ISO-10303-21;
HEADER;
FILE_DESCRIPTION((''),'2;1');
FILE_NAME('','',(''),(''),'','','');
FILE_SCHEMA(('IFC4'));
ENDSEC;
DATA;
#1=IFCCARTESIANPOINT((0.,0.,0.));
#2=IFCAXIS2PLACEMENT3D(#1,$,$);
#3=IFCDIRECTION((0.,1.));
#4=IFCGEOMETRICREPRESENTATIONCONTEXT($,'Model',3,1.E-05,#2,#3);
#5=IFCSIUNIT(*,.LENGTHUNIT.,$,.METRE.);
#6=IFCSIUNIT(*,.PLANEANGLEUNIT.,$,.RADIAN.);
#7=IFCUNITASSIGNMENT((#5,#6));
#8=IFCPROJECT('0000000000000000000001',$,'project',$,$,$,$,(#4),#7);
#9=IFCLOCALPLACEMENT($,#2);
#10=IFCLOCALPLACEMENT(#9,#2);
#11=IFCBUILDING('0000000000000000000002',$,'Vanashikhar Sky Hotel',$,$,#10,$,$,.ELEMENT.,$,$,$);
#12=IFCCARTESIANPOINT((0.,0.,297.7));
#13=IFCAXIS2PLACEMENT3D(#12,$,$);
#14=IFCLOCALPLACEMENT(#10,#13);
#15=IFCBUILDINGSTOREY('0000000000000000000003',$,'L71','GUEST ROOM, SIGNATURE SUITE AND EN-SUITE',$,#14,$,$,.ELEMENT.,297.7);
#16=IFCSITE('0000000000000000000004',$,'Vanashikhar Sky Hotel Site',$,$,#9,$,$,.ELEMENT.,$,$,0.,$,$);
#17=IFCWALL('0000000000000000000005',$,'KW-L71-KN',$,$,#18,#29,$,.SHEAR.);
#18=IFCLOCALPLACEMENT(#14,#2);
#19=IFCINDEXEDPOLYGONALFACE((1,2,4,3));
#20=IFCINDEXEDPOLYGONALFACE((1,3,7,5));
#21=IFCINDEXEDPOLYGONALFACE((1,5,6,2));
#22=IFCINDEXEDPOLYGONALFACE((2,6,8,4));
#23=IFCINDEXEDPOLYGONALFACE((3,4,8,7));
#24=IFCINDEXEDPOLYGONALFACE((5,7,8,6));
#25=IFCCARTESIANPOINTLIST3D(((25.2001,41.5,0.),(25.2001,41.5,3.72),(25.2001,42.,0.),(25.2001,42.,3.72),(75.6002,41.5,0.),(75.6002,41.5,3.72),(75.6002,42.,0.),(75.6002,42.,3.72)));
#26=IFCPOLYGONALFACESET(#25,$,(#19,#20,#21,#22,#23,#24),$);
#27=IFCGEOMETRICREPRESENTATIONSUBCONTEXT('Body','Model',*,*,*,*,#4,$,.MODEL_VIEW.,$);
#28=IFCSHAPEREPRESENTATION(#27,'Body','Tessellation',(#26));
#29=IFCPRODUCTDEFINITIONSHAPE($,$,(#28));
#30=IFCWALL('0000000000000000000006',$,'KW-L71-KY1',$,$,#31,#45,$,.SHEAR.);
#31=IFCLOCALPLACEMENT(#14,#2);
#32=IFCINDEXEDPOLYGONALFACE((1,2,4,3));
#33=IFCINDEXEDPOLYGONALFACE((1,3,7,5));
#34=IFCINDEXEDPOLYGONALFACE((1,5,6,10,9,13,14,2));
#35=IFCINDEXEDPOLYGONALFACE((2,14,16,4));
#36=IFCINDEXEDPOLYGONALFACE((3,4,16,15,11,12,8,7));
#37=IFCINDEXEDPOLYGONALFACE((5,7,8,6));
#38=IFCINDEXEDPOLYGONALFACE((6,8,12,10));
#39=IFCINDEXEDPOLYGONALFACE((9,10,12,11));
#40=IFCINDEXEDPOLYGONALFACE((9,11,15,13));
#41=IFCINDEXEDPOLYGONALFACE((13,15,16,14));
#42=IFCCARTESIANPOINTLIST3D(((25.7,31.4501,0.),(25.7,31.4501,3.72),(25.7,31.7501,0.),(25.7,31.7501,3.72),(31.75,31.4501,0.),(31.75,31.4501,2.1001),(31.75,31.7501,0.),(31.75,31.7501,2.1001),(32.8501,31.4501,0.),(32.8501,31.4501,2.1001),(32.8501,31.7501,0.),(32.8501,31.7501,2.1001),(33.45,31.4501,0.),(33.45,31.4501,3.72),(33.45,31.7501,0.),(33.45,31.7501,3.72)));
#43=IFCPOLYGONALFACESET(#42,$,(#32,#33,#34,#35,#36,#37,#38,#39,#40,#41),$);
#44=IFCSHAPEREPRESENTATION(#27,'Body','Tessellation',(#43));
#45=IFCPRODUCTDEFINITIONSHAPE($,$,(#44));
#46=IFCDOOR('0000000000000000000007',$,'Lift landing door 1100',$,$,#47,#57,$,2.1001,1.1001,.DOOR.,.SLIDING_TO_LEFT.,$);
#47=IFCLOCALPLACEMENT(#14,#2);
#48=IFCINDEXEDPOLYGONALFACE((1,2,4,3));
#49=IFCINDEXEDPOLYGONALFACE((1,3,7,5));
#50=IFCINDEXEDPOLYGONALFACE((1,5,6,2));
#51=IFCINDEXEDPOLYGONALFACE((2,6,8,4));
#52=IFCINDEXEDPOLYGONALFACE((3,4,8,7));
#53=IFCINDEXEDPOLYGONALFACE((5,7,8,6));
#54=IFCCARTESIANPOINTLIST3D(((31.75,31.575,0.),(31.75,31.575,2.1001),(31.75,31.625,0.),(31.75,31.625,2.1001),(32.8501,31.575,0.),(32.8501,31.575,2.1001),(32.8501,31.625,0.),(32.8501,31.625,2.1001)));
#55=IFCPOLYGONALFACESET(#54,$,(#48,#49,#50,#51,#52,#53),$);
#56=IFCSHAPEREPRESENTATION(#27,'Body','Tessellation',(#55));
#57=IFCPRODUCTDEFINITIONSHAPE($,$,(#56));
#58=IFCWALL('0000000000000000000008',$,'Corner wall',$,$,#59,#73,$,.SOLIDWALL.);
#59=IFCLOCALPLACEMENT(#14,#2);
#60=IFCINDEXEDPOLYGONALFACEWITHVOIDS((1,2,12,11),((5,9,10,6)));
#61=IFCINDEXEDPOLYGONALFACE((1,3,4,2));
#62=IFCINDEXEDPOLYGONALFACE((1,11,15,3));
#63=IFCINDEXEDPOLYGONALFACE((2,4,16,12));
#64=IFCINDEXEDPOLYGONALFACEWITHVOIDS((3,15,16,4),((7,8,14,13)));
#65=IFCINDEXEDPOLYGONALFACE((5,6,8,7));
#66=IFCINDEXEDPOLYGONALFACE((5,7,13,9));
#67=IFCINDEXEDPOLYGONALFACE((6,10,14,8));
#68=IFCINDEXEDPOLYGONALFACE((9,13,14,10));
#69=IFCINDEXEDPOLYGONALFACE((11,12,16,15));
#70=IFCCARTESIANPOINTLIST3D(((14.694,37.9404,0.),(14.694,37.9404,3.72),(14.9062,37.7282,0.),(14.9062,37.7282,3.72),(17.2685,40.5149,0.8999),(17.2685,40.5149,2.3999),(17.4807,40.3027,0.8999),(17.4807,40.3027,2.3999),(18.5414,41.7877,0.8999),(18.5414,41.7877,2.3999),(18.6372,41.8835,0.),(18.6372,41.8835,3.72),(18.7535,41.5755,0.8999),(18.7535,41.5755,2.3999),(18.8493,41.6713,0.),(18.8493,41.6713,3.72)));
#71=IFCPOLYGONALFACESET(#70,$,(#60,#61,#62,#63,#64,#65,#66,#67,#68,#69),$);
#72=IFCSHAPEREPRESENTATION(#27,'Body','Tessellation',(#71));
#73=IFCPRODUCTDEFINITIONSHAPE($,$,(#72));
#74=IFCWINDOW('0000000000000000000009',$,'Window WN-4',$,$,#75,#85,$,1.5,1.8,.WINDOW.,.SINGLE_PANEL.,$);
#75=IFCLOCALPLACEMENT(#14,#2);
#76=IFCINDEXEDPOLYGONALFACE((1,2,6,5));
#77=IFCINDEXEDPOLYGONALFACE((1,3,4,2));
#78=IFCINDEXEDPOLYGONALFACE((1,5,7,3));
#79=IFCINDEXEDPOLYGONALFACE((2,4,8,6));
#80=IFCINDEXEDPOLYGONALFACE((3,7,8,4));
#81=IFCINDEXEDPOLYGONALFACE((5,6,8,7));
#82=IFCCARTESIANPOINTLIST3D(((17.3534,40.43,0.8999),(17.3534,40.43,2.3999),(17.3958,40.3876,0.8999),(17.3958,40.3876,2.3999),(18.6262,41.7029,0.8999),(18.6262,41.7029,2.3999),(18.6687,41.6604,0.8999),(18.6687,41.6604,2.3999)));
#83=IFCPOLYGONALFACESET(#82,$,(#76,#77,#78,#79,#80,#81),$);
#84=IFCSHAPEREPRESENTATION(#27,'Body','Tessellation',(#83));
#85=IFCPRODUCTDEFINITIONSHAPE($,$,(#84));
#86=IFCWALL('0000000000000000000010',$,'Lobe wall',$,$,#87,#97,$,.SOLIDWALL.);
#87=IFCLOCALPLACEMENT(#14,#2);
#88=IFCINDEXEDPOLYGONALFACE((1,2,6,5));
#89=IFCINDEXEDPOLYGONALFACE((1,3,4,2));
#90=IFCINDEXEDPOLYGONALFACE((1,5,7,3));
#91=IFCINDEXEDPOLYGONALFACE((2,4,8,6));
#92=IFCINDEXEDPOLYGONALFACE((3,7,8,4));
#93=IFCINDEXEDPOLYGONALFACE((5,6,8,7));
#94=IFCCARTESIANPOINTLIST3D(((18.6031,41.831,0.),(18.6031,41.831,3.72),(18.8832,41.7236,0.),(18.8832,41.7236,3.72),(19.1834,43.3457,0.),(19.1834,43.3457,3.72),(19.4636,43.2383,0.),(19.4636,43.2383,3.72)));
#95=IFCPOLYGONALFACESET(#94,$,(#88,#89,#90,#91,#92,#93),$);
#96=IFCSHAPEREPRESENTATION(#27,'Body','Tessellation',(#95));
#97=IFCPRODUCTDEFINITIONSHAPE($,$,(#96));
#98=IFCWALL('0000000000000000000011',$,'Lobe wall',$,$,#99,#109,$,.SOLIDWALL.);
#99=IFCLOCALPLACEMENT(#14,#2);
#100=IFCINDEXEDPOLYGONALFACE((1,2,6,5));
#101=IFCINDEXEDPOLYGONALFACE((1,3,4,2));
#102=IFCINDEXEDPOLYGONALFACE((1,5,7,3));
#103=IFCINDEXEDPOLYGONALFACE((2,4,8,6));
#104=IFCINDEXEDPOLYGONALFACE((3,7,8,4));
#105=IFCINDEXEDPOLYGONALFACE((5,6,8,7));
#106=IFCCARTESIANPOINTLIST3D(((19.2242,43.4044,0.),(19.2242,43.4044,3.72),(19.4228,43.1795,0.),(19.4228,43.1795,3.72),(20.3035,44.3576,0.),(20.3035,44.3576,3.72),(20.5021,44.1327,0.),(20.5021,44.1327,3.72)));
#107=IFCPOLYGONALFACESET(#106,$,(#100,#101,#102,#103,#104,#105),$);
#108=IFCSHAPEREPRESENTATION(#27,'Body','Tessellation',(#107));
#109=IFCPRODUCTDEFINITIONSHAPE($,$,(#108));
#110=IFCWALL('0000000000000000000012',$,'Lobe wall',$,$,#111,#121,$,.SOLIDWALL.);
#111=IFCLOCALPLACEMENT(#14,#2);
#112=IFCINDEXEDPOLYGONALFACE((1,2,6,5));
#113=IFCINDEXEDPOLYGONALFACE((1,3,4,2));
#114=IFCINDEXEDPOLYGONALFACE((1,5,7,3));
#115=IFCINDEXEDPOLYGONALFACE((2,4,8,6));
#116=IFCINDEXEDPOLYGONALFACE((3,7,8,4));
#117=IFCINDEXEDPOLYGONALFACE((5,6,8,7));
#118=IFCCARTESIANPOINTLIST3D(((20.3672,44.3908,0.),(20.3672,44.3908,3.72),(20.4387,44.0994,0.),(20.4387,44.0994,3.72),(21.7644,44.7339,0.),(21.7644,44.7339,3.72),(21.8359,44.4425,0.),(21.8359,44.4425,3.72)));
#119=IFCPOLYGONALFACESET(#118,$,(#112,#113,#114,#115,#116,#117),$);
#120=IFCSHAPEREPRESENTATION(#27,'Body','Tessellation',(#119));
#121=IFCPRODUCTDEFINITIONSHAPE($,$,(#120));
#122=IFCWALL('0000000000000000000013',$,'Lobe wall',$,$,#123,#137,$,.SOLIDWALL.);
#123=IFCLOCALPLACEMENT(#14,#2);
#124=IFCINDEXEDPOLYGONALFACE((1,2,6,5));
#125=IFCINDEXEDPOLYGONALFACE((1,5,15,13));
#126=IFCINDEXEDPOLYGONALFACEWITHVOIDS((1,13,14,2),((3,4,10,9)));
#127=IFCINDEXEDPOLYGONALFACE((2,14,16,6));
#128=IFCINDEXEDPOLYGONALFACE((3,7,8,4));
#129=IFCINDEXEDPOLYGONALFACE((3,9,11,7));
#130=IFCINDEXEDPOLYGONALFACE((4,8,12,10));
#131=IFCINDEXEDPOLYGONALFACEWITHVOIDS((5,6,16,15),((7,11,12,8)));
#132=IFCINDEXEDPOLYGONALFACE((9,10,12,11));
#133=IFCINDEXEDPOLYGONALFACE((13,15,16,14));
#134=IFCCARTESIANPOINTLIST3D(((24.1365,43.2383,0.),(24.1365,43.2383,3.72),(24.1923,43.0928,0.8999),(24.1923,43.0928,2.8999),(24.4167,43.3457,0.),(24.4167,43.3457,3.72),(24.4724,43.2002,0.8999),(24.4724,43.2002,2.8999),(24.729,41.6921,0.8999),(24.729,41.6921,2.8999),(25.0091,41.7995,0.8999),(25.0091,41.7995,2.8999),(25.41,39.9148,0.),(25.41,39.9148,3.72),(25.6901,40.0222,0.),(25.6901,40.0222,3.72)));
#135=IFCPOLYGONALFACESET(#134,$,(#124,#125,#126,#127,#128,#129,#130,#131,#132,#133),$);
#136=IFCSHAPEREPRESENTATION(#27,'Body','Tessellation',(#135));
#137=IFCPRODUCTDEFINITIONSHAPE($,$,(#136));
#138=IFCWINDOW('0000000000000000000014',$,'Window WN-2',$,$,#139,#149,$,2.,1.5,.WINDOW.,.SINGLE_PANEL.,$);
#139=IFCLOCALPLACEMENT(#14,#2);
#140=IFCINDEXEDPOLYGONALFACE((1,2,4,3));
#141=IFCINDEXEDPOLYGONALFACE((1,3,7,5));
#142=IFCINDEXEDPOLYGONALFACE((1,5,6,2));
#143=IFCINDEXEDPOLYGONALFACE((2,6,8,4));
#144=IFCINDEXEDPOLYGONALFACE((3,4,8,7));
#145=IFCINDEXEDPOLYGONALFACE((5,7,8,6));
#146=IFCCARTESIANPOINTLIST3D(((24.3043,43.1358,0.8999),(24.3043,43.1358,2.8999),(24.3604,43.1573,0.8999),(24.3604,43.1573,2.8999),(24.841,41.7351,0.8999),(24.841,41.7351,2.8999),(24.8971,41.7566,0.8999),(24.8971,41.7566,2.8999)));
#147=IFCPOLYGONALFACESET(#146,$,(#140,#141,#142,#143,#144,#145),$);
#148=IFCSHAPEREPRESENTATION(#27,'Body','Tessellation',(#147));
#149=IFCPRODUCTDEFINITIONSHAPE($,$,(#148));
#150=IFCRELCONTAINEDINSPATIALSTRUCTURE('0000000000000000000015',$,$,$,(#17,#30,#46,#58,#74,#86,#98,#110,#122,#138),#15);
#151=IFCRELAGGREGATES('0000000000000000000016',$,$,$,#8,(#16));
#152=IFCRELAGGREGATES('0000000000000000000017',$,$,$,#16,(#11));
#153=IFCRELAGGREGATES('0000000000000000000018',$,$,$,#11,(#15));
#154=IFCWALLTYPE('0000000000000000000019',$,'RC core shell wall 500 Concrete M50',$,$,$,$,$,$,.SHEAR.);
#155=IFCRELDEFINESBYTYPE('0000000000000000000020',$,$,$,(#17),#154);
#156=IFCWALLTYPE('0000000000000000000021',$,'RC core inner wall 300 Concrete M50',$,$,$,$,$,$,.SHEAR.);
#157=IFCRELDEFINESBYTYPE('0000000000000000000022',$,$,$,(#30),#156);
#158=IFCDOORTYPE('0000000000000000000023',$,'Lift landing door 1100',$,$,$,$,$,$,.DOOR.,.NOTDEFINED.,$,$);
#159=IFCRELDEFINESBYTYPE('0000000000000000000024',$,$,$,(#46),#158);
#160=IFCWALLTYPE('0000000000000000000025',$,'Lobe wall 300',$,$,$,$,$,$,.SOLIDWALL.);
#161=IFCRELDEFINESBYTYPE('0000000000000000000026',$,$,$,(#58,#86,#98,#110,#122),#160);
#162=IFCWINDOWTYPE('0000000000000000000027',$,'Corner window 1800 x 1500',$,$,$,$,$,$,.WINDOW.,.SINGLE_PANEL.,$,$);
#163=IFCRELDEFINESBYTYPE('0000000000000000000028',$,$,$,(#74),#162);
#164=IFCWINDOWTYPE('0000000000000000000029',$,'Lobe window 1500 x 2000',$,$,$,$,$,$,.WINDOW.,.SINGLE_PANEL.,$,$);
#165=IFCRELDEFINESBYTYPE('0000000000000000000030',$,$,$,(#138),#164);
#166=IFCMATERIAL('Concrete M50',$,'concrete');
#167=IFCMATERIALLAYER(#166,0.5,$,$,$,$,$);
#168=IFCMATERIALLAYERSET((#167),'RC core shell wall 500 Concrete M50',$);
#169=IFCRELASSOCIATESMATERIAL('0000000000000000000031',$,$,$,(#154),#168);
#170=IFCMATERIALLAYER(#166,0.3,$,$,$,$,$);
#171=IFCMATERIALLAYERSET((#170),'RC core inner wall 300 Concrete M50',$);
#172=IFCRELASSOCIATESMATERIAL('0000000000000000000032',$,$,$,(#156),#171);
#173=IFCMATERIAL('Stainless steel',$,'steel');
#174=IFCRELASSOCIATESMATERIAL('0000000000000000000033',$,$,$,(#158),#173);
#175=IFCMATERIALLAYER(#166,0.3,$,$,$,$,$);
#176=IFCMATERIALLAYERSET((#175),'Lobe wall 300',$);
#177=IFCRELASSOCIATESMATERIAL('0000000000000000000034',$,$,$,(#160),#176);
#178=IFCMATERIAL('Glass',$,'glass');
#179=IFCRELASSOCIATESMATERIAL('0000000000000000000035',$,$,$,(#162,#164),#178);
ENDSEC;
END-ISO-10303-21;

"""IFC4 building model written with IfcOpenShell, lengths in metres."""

from ifc_helpers import new_model, si_unit, direction, frame, frame_2d, origin, place, context, subcontext, project, spatial, rectangle, extrude, source, transform, mapped, material, layer, layer_set, type_object, element, fill, save


model = new_model("IFC4")

# Units and contexts
model_context = context("Model", 3, precision=1e-05, world=origin(), true_north=direction((0.0, 1.0)))
body_context = subcontext(model_context, "Body", "Model", "MODEL_VIEW")
ifc_project = project(units=[si_unit("LENGTHUNIT", "METRE"), si_unit("PLANEANGLEUNIT", "RADIAN")], contexts=[model_context])

# Site, building, storey
site_placement = place(None, origin())
site = spatial("IfcSite", under=ifc_project, at=site_placement, Name="Vanashikhar Sky Hotel Site", CompositionType="ELEMENT", RefElevation=0.0)
building_placement = place(site_placement, origin())
building = spatial("IfcBuilding", under=site, at=building_placement, Name="Vanashikhar Sky Hotel", CompositionType="ELEMENT")
storey_placement = place(building_placement, frame((0.0, 0.0, 297.7)))
storey = spatial("IfcBuildingStorey", under=building, at=storey_placement, Name="L71", Description="GUEST ROOM, SIGNATURE SUITE AND EN-SUITE", CompositionType="ELEMENT", Elevation=297.7)

# Wall
ifc_material_1 = material(Name="Concrete M50", Category="concrete")
ifc_layer_1 = layer(ifc_material_1, 0.5)
ifc_layer_set_1 = layer_set([ifc_layer_1], Name="RC core shell wall 500 Concrete M50")
wall_type_1 = type_object("IfcWallType", Name="RC core shell wall 500 Concrete M50", PredefinedType="SHEAR", material=ifc_layer_set_1)
shared_shape_1 = source(origin(), body_context, "Body", "SweptSolid", [
    extrude(rectangle(XDim=50.4001, YDim=0.5, at=frame_2d((25.2002, 0.0))), origin(), (0.0, 0.0, 1.0), 3.72),
])
wall_1_placement = place(storey_placement, frame((25.2, 41.75, 0.0), z_axis=(0.0, 0.0, 1.0), x_axis=(1.0, 0.0, 0.0)))
element("IfcWall", 1, at=wall_1_placement, inside=storey, type_object=wall_type_1, Name="KW-L71-KN", PredefinedType="SHEAR", context=body_context, shape_type="MappedRepresentation", body=[
    mapped(shared_shape_1, transform((0.0, 0.0, 0.0), scale=1.0)),
])

# Wall, opening, door
ifc_layer_2 = layer(ifc_material_1, 0.3)
ifc_layer_set_2 = layer_set([ifc_layer_2], Name="RC core inner wall 300 Concrete M50")
wall_type_2 = type_object("IfcWallType", Name="RC core inner wall 300 Concrete M50", PredefinedType="SHEAR", material=ifc_layer_set_2)
shared_shape_2 = source(origin(), body_context, "Body", "SweptSolid", [
    extrude(rectangle(XDim=7.75, YDim=0.3, at=frame_2d((3.875, 0.0))), origin(), (0.0, 0.0, 1.0), 3.72),
])
wall_2_placement = place(storey_placement, frame((25.7, 31.6001, 0.0), z_axis=(0.0, 0.0, 1.0), x_axis=(1.0, 0.0, 0.0)))
wall_2 = element("IfcWall", 2, at=wall_2_placement, inside=storey, type_object=wall_type_2, Name="KW-L71-KY1", PredefinedType="SHEAR", context=body_context, shape_type="MappedRepresentation", body=[
    mapped(shared_shape_2, transform((0.0, 0.0, 0.0), scale=1.0)),
])
shared_shape_3 = source(origin(), body_context, "Body", "SweptSolid", [
    extrude(rectangle(XDim=1.1001, YDim=2.1001, at=frame_2d((0.55, 1.05))), frame((0.0, 0.1602, 0.0), z_axis=(0.0, -1.0, 0.0), x_axis=(1.0, 0.0, 0.0)), (0.0, 0.0, 1.0), 0.3201),
])
opening_1_placement = place(wall_2_placement, frame((6.05, 0.0, 0.0)))
opening_1 = element("IfcOpeningElement", 3, at=opening_1_placement, cuts=wall_2, PredefinedType="OPENING", context=body_context, shape_type="MappedRepresentation", body=[
    mapped(shared_shape_3, transform((0.0, 0.0, 0.0), scale=1.0)),
])
ifc_material_2 = material(Name="Stainless steel", Category="steel")
door_type_1 = type_object("IfcDoorType", Name="Lift landing door 1100", OperationType="NOTDEFINED", PredefinedType="DOOR", material=ifc_material_2)
shared_shape_4 = source(origin(), body_context, "Body", "SweptSolid", [
    extrude(rectangle(XDim=1.1001, YDim=2.1001, at=frame_2d((0.55, 1.05))), frame((0.0, 0.0249, 0.0), z_axis=(0.0, -1.0, 0.0), x_axis=(1.0, 0.0, 0.0)), (0.0, 0.0, 1.0), 0.05),
])
door_1_placement = place(opening_1_placement, origin())
door_1 = element("IfcDoor", 4, at=door_1_placement, inside=storey, type_object=door_type_1, Name="Lift landing door 1100", OperationType="SLIDING_TO_LEFT", OverallHeight=2.1001, OverallWidth=1.1001, PredefinedType="DOOR", context=body_context, shape_type="MappedRepresentation", body=[
    mapped(shared_shape_4, transform((0.0, 0.0, 0.0), scale=1.0)),
])
fill(opening_1, door_1)

# Wall, opening, window
ifc_layer_3 = layer(ifc_material_1, 0.3)
ifc_layer_set_3 = layer_set([ifc_layer_3], Name="Lobe wall 300")
wall_type_3 = type_object("IfcWallType", Name="Lobe wall 300", PredefinedType="SOLIDWALL", material=ifc_layer_set_3)
shared_shape_5 = source(origin(), body_context, "Body", "SweptSolid", [
    extrude(rectangle(XDim=5.5764, YDim=0.3, at=frame_2d((2.7881, 0.0))), origin(), (0.0, 0.0, 1.0), 3.72),
])
wall_3_placement = place(storey_placement, frame((18.7432, 41.7773, 0.0), z_axis=(0.0, 0.0, 1.0), x_axis=(-0.707107, -0.707107, 0.0)))
wall_3 = element("IfcWall", 5, at=wall_3_placement, inside=storey, type_object=wall_type_3, Name="Corner wall", PredefinedType="SOLIDWALL", context=body_context, shape_type="MappedRepresentation", body=[
    mapped(shared_shape_5, transform((0.0, 0.0, 0.0), scale=1.0)),
])
shared_shape_6 = source(origin(), body_context, "Body", "SweptSolid", [
    extrude(rectangle(XDim=1.8, YDim=1.5, at=frame_2d((0.8999, 0.75))), frame((0.0, 0.1602, 0.0), z_axis=(0.0, -1.0, 0.0), x_axis=(1.0, 0.0, 0.0)), (0.0, 0.0, 1.0), 0.3201),
])
opening_2_placement = place(wall_3_placement, frame((0.1355, 0.0, 0.8999)))
opening_2 = element("IfcOpeningElement", 6, at=opening_2_placement, cuts=wall_3, PredefinedType="OPENING", context=body_context, shape_type="MappedRepresentation", body=[
    mapped(shared_shape_6, transform((0.0, 0.0, 0.0), scale=1.0)),
])
ifc_material_3 = material(Name="Glass", Category="glass")
window_type_1 = type_object("IfcWindowType", Name="Corner window 1800 x 1500", PartitioningType="SINGLE_PANEL", PredefinedType="WINDOW", material=ifc_material_3)
shared_shape_7 = source(origin(), body_context, "Body", "SweptSolid", [
    extrude(rectangle(XDim=1.8, YDim=1.5, at=frame_2d((0.8999, 0.75))), frame((0.0, 0.03, 0.0), z_axis=(0.0, -1.0, 0.0), x_axis=(1.0, 0.0, 0.0)), (0.0, 0.0, 1.0), 0.0601),
])
window_1_placement = place(opening_2_placement, origin())
window_1 = element("IfcWindow", 7, at=window_1_placement, inside=storey, type_object=window_type_1, Name="Window WN-4", OverallHeight=1.5, OverallWidth=1.8, PartitioningType="SINGLE_PANEL", PredefinedType="WINDOW", context=body_context, shape_type="MappedRepresentation", body=[
    mapped(shared_shape_7, transform((0.0, 0.0, 0.0), scale=1.0)),
])
fill(opening_2, window_1)

# Walls
shared_shape_8 = source(origin(), body_context, "Body", "SweptSolid", [
    extrude(rectangle(XDim=1.6221, YDim=0.3, at=frame_2d((0.811, 0.0))), origin(), (0.0, 0.0, 1.0), 3.72),
])
wall_4_placement = place(storey_placement, frame((19.3235, 43.292, 0.0), z_axis=(0.0, 0.0, 1.0), x_axis=(-0.357779, -0.933806, 0.0)))
element("IfcWall", 8, at=wall_4_placement, inside=storey, type_object=wall_type_3, Name="Lobe wall", PredefinedType="SOLIDWALL", context=body_context, shape_type="MappedRepresentation", body=[
    mapped(shared_shape_8, transform((0.0, 0.0, 0.0), scale=1.0)),
])
shared_shape_9 = source(origin(), body_context, "Body", "SweptSolid", [
    extrude(rectangle(XDim=1.4399, YDim=0.3, at=frame_2d((0.72, 0.0))), origin(), (0.0, 0.0, 1.0), 3.72),
])
wall_5_placement = place(storey_placement, frame((20.4028, 44.2451, 0.0), z_axis=(0.0, 0.0, 1.0), x_axis=(-0.749576, -0.661919, 0.0)))
element("IfcWall", 9, at=wall_5_placement, inside=storey, type_object=wall_type_3, Name="Lobe wall", PredefinedType="SOLIDWALL", context=body_context, shape_type="MappedRepresentation", body=[
    mapped(shared_shape_9, transform((0.0, 0.0, 0.0), scale=1.0)),
])
shared_shape_10 = source(origin(), body_context, "Body", "SweptSolid", [
    extrude(rectangle(XDim=1.4387, YDim=0.3, at=frame_2d((0.7192, 0.0))), origin(), (0.0, 0.0, 1.0), 3.72),
])
wall_6_placement = place(storey_placement, frame((21.8, 44.5881, 0.0), z_axis=(0.0, 0.0, 1.0), x_axis=(-0.971162, -0.238421, 0.0)))
element("IfcWall", 10, at=wall_6_placement, inside=storey, type_object=wall_type_3, Name="Lobe wall", PredefinedType="SOLIDWALL", context=body_context, shape_type="MappedRepresentation", body=[
    mapped(shared_shape_10, transform((0.0, 0.0, 0.0), scale=1.0)),
])

# Wall, opening, window
shared_shape_11 = source(origin(), body_context, "Body", "SweptSolid", [
    extrude(rectangle(XDim=3.5591, YDim=0.3, at=frame_2d((1.7795, 0.0))), origin(), (0.0, 0.0, 1.0), 3.72),
])
wall_7_placement = place(storey_placement, frame((25.55, 39.9685, 0.0), z_axis=(0.0, 0.0, 1.0), x_axis=(-0.357797, 0.933799, 0.0)))
wall_7 = element("IfcWall", 11, at=wall_7_placement, inside=storey, type_object=wall_type_3, Name="Lobe wall", PredefinedType="SOLIDWALL", context=body_context, shape_type="MappedRepresentation", body=[
    mapped(shared_shape_11, transform((0.0, 0.0, 0.0), scale=1.0)),
])
shared_shape_12 = source(origin(), body_context, "Body", "SweptSolid", [
    extrude(rectangle(XDim=1.5, YDim=2.0, at=frame_2d((0.75, 1.0))), frame((0.0, 0.1602, 0.0), z_axis=(0.0, -1.0, 0.0), x_axis=(1.0, 0.0, 0.0)), (0.0, 0.0, 1.0), 0.3201),
])
opening_3_placement = place(wall_7_placement, frame((1.9033, 0.0, 0.8999)))
opening_3 = element("IfcOpeningElement", 12, at=opening_3_placement, cuts=wall_7, PredefinedType="OPENING", context=body_context, shape_type="MappedRepresentation", body=[
    mapped(shared_shape_12, transform((0.0, 0.0, 0.0), scale=1.0)),
])
window_type_2 = type_object("IfcWindowType", Name="Lobe window 1500 x 2000", PartitioningType="SINGLE_PANEL", PredefinedType="WINDOW", material=ifc_material_3)
shared_shape_13 = source(origin(), body_context, "Body", "SweptSolid", [
    extrude(rectangle(XDim=1.5, YDim=2.0, at=frame_2d((0.75, 1.0))), frame((0.0, 0.03, 0.0), z_axis=(0.0, -1.0, 0.0), x_axis=(1.0, 0.0, 0.0)), (0.0, 0.0, 1.0), 0.0601),
])
window_2_placement = place(opening_3_placement, origin())
window_2 = element("IfcWindow", 13, at=window_2_placement, inside=storey, type_object=window_type_2, Name="Window WN-2", OverallHeight=2.0, OverallWidth=1.5, PartitioningType="SINGLE_PANEL", PredefinedType="WINDOW", context=body_context, shape_type="MappedRepresentation", body=[
    mapped(shared_shape_13, transform((0.0, 0.0, 0.0), scale=1.0)),
])
fill(opening_3, window_2)

save(model, "model.ifc")
